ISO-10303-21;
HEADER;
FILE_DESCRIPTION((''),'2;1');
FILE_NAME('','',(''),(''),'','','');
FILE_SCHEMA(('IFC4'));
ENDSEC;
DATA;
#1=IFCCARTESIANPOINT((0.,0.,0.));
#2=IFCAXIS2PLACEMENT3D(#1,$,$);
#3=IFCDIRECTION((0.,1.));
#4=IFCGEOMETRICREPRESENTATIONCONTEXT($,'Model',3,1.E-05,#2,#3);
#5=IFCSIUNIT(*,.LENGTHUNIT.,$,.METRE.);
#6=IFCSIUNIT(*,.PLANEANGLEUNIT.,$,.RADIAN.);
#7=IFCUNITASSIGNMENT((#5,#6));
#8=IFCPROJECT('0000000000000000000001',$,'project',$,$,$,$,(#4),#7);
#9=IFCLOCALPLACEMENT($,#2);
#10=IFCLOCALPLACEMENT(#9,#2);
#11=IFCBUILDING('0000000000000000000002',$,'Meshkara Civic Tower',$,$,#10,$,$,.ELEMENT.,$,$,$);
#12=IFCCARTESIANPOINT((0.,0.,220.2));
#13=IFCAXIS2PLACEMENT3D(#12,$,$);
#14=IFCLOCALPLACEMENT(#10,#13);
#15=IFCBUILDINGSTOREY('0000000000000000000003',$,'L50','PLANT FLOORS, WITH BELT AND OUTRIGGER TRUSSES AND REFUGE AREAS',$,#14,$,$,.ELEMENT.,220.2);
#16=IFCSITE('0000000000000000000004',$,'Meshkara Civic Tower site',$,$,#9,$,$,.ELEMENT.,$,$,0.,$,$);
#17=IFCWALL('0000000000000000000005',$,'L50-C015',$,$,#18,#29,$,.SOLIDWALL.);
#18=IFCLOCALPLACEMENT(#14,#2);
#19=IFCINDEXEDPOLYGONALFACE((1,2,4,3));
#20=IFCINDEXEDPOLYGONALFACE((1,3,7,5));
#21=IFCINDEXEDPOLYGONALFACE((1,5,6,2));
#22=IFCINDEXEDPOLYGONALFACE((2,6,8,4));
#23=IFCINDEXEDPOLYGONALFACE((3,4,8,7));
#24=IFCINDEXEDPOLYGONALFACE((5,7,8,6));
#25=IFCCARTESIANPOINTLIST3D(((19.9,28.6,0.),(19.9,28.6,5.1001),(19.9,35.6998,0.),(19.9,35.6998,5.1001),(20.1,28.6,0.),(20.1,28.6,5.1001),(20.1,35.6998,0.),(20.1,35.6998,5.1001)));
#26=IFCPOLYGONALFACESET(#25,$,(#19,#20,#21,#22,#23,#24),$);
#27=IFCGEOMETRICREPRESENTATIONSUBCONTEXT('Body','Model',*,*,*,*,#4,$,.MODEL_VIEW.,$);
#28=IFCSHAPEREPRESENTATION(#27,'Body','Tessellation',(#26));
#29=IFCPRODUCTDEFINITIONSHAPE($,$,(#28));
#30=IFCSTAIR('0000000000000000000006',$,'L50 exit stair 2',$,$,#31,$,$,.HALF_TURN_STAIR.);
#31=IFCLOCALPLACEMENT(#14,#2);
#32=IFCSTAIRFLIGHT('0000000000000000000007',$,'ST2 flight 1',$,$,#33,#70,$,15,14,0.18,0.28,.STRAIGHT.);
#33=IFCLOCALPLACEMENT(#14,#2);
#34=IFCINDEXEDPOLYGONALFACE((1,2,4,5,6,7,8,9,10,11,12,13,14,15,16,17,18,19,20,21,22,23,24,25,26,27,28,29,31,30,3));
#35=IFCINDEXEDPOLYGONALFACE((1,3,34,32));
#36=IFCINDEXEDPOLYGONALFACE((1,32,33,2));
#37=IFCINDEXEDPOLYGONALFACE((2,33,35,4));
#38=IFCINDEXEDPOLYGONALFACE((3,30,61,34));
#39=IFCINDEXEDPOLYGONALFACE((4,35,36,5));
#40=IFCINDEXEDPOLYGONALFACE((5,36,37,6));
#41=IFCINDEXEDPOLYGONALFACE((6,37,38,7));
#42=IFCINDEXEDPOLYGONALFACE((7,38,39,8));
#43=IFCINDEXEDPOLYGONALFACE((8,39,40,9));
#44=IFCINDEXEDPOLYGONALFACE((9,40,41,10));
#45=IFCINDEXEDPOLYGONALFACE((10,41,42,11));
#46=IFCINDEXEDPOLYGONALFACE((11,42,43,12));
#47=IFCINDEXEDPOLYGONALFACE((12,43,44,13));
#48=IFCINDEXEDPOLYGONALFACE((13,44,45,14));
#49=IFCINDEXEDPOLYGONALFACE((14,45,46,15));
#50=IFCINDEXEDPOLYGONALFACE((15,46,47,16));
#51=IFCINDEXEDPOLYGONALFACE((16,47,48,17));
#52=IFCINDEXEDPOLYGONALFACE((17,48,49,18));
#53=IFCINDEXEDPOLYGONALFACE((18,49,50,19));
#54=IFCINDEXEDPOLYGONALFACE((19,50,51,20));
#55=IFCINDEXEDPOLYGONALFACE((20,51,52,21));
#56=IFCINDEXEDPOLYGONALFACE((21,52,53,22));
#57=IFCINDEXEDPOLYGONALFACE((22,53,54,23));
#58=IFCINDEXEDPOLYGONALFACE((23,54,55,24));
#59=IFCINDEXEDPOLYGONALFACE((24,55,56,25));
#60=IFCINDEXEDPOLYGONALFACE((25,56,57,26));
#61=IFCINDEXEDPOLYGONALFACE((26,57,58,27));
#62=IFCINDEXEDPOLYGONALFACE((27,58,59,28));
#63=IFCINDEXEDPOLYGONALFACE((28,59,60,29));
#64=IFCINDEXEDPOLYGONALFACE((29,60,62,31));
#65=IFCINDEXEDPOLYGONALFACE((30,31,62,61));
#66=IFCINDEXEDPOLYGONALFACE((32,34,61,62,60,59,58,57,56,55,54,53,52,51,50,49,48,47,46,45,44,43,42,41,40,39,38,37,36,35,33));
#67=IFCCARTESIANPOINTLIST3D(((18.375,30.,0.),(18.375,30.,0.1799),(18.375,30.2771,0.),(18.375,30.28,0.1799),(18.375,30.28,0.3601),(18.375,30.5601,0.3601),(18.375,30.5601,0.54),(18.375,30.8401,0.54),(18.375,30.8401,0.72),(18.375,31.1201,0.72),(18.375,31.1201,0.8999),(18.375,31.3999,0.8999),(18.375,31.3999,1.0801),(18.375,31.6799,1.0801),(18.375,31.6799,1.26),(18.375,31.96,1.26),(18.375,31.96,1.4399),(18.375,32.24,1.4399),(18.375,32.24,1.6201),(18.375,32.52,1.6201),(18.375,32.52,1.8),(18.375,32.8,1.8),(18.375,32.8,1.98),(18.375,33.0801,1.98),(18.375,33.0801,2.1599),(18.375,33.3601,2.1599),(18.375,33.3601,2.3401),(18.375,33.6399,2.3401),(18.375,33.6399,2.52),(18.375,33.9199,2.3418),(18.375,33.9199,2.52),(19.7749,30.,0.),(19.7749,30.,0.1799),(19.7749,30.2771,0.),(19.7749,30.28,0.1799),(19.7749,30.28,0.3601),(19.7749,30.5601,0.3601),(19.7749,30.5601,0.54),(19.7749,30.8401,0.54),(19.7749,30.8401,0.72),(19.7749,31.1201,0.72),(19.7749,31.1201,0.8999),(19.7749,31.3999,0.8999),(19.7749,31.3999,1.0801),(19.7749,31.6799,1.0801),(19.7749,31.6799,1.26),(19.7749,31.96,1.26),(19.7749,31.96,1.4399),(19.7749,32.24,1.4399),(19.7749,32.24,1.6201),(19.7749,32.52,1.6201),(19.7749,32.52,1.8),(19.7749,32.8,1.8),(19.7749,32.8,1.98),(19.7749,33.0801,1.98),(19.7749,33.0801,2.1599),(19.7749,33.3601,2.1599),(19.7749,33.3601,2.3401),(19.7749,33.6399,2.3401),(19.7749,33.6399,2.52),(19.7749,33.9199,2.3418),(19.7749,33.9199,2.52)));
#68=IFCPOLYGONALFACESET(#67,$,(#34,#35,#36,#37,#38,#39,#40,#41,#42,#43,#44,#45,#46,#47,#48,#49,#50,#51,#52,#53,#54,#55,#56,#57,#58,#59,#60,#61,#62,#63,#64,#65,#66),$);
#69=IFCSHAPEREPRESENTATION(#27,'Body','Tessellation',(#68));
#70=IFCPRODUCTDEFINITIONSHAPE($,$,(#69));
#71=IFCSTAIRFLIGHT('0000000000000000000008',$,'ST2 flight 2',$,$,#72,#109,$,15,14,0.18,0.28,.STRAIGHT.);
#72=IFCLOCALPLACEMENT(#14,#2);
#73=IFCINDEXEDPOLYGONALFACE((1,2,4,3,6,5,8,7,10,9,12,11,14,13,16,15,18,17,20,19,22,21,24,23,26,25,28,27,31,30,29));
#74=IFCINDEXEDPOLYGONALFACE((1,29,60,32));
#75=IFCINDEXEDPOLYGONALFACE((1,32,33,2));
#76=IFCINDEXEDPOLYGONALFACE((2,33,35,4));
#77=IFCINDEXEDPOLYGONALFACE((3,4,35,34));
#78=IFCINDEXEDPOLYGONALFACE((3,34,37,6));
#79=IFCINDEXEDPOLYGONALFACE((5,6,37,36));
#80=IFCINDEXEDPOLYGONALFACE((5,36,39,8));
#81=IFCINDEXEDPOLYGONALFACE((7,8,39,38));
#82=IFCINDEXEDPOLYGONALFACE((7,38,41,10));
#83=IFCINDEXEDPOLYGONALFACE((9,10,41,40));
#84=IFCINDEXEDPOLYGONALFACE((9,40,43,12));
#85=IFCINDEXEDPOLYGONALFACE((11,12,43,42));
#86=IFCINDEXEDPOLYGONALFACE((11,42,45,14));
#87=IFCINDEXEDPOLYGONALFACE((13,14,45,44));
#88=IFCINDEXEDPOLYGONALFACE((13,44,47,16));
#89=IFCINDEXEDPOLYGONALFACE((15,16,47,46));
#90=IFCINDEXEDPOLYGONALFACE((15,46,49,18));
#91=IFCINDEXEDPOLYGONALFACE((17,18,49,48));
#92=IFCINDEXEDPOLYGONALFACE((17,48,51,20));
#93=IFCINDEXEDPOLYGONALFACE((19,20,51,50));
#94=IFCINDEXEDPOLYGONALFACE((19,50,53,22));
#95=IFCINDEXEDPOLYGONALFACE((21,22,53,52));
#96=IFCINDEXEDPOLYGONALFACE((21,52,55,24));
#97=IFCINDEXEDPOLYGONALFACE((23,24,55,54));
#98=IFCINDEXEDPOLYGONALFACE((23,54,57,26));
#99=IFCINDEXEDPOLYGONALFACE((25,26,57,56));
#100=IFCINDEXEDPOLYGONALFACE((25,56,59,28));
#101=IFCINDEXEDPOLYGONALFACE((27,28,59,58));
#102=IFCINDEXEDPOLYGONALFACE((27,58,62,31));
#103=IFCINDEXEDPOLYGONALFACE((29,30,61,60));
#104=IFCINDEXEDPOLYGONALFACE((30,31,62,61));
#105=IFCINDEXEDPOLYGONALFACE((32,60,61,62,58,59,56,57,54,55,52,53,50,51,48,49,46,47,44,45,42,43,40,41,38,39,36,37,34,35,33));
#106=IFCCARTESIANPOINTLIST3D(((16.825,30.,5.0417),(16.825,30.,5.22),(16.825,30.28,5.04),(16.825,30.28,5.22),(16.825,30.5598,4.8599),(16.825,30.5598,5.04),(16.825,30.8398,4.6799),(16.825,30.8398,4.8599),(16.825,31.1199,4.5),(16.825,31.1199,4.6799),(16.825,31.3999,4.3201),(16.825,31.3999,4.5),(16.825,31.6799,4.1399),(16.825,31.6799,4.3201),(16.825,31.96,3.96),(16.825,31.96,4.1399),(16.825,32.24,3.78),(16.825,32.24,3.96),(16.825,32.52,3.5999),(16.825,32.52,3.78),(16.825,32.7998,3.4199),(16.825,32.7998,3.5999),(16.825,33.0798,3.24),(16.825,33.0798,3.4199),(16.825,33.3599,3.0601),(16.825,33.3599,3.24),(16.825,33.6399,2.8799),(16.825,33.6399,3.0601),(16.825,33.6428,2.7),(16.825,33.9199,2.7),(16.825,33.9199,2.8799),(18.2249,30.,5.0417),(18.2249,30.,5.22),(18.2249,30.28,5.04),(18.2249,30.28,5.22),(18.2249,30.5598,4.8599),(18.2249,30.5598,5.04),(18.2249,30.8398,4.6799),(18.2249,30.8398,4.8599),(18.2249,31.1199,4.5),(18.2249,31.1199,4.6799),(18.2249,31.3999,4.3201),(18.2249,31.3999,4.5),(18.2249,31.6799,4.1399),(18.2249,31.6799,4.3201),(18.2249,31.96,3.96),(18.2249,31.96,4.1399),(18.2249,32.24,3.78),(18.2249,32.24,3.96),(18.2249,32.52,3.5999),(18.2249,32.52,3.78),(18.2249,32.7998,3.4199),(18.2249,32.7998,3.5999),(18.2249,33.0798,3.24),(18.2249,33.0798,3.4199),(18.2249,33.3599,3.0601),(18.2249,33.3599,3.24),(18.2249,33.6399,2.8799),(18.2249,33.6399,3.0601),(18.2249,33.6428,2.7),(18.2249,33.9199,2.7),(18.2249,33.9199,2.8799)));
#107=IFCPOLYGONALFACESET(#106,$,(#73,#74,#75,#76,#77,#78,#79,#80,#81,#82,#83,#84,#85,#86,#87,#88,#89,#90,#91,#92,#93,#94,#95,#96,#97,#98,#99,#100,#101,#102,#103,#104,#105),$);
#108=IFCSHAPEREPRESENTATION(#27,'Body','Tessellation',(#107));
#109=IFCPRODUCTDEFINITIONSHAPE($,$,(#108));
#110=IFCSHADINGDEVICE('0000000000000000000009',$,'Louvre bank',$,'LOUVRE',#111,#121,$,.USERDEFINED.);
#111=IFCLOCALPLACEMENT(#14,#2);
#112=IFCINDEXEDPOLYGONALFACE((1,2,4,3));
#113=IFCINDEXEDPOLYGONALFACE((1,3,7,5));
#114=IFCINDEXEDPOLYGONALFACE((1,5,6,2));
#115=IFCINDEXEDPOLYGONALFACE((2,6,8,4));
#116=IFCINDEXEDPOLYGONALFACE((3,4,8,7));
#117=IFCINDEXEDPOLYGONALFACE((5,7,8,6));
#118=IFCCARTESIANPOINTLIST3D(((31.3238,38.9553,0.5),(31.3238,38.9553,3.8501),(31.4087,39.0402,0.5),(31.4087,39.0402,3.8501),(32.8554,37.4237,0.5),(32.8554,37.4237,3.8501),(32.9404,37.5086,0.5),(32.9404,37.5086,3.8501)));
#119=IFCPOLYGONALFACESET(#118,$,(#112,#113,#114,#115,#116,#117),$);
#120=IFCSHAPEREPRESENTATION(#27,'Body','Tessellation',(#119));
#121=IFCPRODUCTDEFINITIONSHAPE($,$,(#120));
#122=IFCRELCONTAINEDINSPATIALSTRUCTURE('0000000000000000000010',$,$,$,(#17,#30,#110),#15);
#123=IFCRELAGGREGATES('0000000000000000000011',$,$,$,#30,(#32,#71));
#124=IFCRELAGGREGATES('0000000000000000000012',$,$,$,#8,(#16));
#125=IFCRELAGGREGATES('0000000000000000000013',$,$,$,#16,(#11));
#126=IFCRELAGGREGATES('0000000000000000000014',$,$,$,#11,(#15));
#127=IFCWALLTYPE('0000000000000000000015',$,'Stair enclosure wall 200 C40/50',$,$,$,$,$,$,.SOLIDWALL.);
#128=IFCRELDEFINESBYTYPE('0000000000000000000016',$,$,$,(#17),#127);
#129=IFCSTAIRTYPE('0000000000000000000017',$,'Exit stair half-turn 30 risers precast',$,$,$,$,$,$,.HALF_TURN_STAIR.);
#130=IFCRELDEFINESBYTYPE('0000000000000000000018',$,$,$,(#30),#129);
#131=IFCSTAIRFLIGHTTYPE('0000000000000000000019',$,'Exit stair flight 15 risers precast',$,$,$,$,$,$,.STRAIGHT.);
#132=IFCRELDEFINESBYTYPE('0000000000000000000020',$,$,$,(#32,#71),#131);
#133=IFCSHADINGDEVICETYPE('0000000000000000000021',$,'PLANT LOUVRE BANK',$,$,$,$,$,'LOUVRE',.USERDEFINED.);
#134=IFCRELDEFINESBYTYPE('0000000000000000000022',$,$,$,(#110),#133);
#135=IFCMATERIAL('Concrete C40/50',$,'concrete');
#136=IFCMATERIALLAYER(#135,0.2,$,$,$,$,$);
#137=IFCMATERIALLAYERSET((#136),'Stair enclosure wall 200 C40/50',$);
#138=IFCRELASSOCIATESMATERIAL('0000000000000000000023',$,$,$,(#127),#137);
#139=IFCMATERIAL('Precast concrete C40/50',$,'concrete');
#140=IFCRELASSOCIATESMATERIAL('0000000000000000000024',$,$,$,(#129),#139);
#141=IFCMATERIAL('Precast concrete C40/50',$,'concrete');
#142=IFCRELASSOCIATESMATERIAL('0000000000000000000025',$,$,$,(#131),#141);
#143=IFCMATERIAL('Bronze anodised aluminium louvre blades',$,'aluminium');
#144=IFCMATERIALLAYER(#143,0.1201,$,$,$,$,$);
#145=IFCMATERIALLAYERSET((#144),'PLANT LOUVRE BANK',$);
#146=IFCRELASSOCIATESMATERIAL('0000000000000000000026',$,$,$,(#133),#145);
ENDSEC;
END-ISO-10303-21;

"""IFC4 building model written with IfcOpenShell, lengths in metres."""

from ifc_helpers import new_model, si_unit, direction, frame, frame_2d, origin, origin_2d, place, context, subcontext, project, spatial, polyline, rectangle, outline, extrude, material, layer, layer_set, type_object, element, aggregate, save


model = new_model("IFC4")

# Units and contexts
model_context = context("Model", 3, precision=1e-05, world=origin(), true_north=direction((0.0, 1.0)))
body_context = subcontext(model_context, "Body", "Model", "MODEL_VIEW")
ifc_project = project(units=[si_unit("LENGTHUNIT", "METRE"), si_unit("PLANEANGLEUNIT", "RADIAN")], contexts=[model_context])

# Site, building, storey
site_placement = place(None, origin())
site = spatial("IfcSite", under=ifc_project, at=site_placement, Name="Meshkara Civic Tower site", CompositionType="ELEMENT", RefElevation=0.0)
building_placement = place(site_placement, origin())
building = spatial("IfcBuilding", under=site, at=building_placement, Name="Meshkara Civic Tower", CompositionType="ELEMENT")
storey_placement = place(building_placement, frame((0.0, 0.0, 220.2)))
storey = spatial("IfcBuildingStorey", under=building, at=storey_placement, Name="L50", Description="PLANT FLOORS, WITH BELT AND OUTRIGGER TRUSSES AND REFUGE AREAS", CompositionType="ELEMENT", Elevation=220.2)

# Wall
ifc_material_1 = material(Name="Concrete C40/50", Category="concrete")
ifc_layer_1 = layer(ifc_material_1, 0.2)
ifc_layer_set_1 = layer_set([ifc_layer_1], Name="Stair enclosure wall 200 C40/50")
wall_type_1 = type_object("IfcWallType", Name="Stair enclosure wall 200 C40/50", PredefinedType="SOLIDWALL", material=ifc_layer_set_1)
wall_1_placement = place(storey_placement, frame((20.0, 28.6001, 0.0), z_axis=(0.0, 0.0, 1.0), x_axis=(0.0, 1.0, 0.0)))
element("IfcWall", 1, at=wall_1_placement, inside=storey, type_object=wall_type_1, Name="L50-C015", PredefinedType="SOLIDWALL", context=body_context, shape_type="SweptSolid", body=[
    extrude(rectangle(XDim=7.0999, YDim=0.2, at=frame_2d((3.5498, 0.0))), origin(), (0.0, 0.0, 1.0), 5.1001),
])

# Stair, stair flights
ifc_material_2 = material(Name="Precast concrete C40/50", Category="concrete")
stair_type = type_object("IfcStairType", Name="Exit stair half-turn 30 risers precast", PredefinedType="HALF_TURN_STAIR", material=ifc_material_2)
stair_placement = place(storey_placement, origin())
stair = element("IfcStair", 2, at=stair_placement, inside=storey, type_object=stair_type, Name="L50 exit stair 2", PredefinedType="HALF_TURN_STAIR")
ifc_material_3 = material(Name="Precast concrete C40/50", Category="concrete")
stair_flight_type = type_object("IfcStairFlightType", Name="Exit stair flight 15 risers precast", PredefinedType="STRAIGHT", material=ifc_material_3)
stair_flight_1_placement = place(storey_placement, frame((19.075, 30.0, 0.0), z_axis=(0.0, 0.0, 1.0), x_axis=(0.0, 1.0, 0.0)))
stair_flight_1 = element("IfcStairFlight", 3, at=stair_flight_1_placement, type_object=stair_flight_type, Name="ST2 flight 1", NumberOfRisers=15, NumberOfTreads=14, PredefinedType="STRAIGHT", RiserHeight=0.18, TreadLength=0.28, context=body_context, shape_type="SweptSolid", body=[
    extrude(outline(polyline([(0.0, 0.0), (0.0, 0.1799), (0.28, 0.1799), (0.28, 0.3601), (0.5601, 0.3601), (0.5601, 0.54), (0.8401, 0.54), (0.8401, 0.72), (1.1201, 0.72), (1.1201, 0.8999), (1.3999, 0.8999), (1.3999, 1.0801), (1.6799, 1.0801), (1.6799, 1.26), (1.96, 1.26), (1.96, 1.4399), (2.24, 1.4399), (2.24, 1.6201), (2.52, 1.6201), (2.52, 1.8), (2.8, 1.8), (2.8, 1.98), (3.0801, 1.98), (3.0801, 2.1599), (3.3601, 2.1599), (3.3601, 2.3401), (3.6399, 2.3401), (3.6399, 2.52), (3.9199, 2.52), (3.9199, 2.7), (3.9199, 2.3418), (0.2771, 0.0), (0.0, 0.0)])), frame((0.0, 0.7, 0.0), z_axis=(0.0, -1.0, 0.0), x_axis=(1.0, 0.0, 0.0)), (0.0, 0.0, 1.0), 1.3999),
])
stair_flight_2_placement = place(storey_placement, frame((17.5249, 33.9199, 2.7), z_axis=(0.0, 0.0, 1.0), x_axis=(0.0, -1.0, 0.0)))
stair_flight_2 = element("IfcStairFlight", 4, at=stair_flight_2_placement, type_object=stair_flight_type, Name="ST2 flight 2", NumberOfRisers=15, NumberOfTreads=14, PredefinedType="STRAIGHT", RiserHeight=0.18, TreadLength=0.28, context=body_context, shape_type="SweptSolid", body=[
    extrude(outline(polyline([(0.0, 0.0), (0.0, 0.1799), (0.28, 0.1799), (0.28, 0.3601), (0.5601, 0.3601), (0.5601, 0.54), (0.8401, 0.54), (0.8401, 0.72), (1.1201, 0.72), (1.1201, 0.8999), (1.3999, 0.8999), (1.3999, 1.0801), (1.6799, 1.0801), (1.6799, 1.26), (1.96, 1.26), (1.96, 1.4399), (2.24, 1.4399), (2.24, 1.6201), (2.52, 1.6201), (2.52, 1.8), (2.8, 1.8), (2.8, 1.98), (3.0801, 1.98), (3.0801, 2.1599), (3.3601, 2.1599), (3.3601, 2.3401), (3.6399, 2.3401), (3.6399, 2.52), (3.9199, 2.52), (3.9199, 2.7), (3.9199, 2.3418), (0.2771, 0.0), (0.0, 0.0)])), frame((0.0, 0.7, 0.0), z_axis=(0.0, -1.0, 0.0), x_axis=(1.0, 0.0, 0.0)), (0.0, 0.0, 1.0), 1.3999),
])
aggregate(stair, [stair_flight_1, stair_flight_2])

# Shading device
ifc_material_4 = material(Name="Bronze anodised aluminium louvre blades", Category="aluminium")
ifc_layer_2 = layer(ifc_material_4, 0.1201)
ifc_layer_set_2 = layer_set([ifc_layer_2], Name="PLANT LOUVRE BANK")
shading_device_type = type_object("IfcShadingDeviceType", Name="PLANT LOUVRE BANK", ElementType="LOUVRE", PredefinedType="USERDEFINED", material=ifc_layer_set_2)
shading_device_placement = place(storey_placement, frame((32.1321, 38.2319, 0.5), z_axis=(0.0, 0.0, 1.0), x_axis=(-0.707107, 0.707107, 0.0)))
element("IfcShadingDevice", 5, at=shading_device_placement, inside=storey, type_object=shading_device_type, Name="Louvre bank", ObjectType="LOUVRE", PredefinedType="USERDEFINED", context=body_context, shape_type="SweptSolid", body=[
    extrude(rectangle(XDim=2.166, YDim=0.1201, at=origin_2d()), origin(), (0.0, 0.0, 1.0), 3.3501),
])

save(model, "model.ifc")
